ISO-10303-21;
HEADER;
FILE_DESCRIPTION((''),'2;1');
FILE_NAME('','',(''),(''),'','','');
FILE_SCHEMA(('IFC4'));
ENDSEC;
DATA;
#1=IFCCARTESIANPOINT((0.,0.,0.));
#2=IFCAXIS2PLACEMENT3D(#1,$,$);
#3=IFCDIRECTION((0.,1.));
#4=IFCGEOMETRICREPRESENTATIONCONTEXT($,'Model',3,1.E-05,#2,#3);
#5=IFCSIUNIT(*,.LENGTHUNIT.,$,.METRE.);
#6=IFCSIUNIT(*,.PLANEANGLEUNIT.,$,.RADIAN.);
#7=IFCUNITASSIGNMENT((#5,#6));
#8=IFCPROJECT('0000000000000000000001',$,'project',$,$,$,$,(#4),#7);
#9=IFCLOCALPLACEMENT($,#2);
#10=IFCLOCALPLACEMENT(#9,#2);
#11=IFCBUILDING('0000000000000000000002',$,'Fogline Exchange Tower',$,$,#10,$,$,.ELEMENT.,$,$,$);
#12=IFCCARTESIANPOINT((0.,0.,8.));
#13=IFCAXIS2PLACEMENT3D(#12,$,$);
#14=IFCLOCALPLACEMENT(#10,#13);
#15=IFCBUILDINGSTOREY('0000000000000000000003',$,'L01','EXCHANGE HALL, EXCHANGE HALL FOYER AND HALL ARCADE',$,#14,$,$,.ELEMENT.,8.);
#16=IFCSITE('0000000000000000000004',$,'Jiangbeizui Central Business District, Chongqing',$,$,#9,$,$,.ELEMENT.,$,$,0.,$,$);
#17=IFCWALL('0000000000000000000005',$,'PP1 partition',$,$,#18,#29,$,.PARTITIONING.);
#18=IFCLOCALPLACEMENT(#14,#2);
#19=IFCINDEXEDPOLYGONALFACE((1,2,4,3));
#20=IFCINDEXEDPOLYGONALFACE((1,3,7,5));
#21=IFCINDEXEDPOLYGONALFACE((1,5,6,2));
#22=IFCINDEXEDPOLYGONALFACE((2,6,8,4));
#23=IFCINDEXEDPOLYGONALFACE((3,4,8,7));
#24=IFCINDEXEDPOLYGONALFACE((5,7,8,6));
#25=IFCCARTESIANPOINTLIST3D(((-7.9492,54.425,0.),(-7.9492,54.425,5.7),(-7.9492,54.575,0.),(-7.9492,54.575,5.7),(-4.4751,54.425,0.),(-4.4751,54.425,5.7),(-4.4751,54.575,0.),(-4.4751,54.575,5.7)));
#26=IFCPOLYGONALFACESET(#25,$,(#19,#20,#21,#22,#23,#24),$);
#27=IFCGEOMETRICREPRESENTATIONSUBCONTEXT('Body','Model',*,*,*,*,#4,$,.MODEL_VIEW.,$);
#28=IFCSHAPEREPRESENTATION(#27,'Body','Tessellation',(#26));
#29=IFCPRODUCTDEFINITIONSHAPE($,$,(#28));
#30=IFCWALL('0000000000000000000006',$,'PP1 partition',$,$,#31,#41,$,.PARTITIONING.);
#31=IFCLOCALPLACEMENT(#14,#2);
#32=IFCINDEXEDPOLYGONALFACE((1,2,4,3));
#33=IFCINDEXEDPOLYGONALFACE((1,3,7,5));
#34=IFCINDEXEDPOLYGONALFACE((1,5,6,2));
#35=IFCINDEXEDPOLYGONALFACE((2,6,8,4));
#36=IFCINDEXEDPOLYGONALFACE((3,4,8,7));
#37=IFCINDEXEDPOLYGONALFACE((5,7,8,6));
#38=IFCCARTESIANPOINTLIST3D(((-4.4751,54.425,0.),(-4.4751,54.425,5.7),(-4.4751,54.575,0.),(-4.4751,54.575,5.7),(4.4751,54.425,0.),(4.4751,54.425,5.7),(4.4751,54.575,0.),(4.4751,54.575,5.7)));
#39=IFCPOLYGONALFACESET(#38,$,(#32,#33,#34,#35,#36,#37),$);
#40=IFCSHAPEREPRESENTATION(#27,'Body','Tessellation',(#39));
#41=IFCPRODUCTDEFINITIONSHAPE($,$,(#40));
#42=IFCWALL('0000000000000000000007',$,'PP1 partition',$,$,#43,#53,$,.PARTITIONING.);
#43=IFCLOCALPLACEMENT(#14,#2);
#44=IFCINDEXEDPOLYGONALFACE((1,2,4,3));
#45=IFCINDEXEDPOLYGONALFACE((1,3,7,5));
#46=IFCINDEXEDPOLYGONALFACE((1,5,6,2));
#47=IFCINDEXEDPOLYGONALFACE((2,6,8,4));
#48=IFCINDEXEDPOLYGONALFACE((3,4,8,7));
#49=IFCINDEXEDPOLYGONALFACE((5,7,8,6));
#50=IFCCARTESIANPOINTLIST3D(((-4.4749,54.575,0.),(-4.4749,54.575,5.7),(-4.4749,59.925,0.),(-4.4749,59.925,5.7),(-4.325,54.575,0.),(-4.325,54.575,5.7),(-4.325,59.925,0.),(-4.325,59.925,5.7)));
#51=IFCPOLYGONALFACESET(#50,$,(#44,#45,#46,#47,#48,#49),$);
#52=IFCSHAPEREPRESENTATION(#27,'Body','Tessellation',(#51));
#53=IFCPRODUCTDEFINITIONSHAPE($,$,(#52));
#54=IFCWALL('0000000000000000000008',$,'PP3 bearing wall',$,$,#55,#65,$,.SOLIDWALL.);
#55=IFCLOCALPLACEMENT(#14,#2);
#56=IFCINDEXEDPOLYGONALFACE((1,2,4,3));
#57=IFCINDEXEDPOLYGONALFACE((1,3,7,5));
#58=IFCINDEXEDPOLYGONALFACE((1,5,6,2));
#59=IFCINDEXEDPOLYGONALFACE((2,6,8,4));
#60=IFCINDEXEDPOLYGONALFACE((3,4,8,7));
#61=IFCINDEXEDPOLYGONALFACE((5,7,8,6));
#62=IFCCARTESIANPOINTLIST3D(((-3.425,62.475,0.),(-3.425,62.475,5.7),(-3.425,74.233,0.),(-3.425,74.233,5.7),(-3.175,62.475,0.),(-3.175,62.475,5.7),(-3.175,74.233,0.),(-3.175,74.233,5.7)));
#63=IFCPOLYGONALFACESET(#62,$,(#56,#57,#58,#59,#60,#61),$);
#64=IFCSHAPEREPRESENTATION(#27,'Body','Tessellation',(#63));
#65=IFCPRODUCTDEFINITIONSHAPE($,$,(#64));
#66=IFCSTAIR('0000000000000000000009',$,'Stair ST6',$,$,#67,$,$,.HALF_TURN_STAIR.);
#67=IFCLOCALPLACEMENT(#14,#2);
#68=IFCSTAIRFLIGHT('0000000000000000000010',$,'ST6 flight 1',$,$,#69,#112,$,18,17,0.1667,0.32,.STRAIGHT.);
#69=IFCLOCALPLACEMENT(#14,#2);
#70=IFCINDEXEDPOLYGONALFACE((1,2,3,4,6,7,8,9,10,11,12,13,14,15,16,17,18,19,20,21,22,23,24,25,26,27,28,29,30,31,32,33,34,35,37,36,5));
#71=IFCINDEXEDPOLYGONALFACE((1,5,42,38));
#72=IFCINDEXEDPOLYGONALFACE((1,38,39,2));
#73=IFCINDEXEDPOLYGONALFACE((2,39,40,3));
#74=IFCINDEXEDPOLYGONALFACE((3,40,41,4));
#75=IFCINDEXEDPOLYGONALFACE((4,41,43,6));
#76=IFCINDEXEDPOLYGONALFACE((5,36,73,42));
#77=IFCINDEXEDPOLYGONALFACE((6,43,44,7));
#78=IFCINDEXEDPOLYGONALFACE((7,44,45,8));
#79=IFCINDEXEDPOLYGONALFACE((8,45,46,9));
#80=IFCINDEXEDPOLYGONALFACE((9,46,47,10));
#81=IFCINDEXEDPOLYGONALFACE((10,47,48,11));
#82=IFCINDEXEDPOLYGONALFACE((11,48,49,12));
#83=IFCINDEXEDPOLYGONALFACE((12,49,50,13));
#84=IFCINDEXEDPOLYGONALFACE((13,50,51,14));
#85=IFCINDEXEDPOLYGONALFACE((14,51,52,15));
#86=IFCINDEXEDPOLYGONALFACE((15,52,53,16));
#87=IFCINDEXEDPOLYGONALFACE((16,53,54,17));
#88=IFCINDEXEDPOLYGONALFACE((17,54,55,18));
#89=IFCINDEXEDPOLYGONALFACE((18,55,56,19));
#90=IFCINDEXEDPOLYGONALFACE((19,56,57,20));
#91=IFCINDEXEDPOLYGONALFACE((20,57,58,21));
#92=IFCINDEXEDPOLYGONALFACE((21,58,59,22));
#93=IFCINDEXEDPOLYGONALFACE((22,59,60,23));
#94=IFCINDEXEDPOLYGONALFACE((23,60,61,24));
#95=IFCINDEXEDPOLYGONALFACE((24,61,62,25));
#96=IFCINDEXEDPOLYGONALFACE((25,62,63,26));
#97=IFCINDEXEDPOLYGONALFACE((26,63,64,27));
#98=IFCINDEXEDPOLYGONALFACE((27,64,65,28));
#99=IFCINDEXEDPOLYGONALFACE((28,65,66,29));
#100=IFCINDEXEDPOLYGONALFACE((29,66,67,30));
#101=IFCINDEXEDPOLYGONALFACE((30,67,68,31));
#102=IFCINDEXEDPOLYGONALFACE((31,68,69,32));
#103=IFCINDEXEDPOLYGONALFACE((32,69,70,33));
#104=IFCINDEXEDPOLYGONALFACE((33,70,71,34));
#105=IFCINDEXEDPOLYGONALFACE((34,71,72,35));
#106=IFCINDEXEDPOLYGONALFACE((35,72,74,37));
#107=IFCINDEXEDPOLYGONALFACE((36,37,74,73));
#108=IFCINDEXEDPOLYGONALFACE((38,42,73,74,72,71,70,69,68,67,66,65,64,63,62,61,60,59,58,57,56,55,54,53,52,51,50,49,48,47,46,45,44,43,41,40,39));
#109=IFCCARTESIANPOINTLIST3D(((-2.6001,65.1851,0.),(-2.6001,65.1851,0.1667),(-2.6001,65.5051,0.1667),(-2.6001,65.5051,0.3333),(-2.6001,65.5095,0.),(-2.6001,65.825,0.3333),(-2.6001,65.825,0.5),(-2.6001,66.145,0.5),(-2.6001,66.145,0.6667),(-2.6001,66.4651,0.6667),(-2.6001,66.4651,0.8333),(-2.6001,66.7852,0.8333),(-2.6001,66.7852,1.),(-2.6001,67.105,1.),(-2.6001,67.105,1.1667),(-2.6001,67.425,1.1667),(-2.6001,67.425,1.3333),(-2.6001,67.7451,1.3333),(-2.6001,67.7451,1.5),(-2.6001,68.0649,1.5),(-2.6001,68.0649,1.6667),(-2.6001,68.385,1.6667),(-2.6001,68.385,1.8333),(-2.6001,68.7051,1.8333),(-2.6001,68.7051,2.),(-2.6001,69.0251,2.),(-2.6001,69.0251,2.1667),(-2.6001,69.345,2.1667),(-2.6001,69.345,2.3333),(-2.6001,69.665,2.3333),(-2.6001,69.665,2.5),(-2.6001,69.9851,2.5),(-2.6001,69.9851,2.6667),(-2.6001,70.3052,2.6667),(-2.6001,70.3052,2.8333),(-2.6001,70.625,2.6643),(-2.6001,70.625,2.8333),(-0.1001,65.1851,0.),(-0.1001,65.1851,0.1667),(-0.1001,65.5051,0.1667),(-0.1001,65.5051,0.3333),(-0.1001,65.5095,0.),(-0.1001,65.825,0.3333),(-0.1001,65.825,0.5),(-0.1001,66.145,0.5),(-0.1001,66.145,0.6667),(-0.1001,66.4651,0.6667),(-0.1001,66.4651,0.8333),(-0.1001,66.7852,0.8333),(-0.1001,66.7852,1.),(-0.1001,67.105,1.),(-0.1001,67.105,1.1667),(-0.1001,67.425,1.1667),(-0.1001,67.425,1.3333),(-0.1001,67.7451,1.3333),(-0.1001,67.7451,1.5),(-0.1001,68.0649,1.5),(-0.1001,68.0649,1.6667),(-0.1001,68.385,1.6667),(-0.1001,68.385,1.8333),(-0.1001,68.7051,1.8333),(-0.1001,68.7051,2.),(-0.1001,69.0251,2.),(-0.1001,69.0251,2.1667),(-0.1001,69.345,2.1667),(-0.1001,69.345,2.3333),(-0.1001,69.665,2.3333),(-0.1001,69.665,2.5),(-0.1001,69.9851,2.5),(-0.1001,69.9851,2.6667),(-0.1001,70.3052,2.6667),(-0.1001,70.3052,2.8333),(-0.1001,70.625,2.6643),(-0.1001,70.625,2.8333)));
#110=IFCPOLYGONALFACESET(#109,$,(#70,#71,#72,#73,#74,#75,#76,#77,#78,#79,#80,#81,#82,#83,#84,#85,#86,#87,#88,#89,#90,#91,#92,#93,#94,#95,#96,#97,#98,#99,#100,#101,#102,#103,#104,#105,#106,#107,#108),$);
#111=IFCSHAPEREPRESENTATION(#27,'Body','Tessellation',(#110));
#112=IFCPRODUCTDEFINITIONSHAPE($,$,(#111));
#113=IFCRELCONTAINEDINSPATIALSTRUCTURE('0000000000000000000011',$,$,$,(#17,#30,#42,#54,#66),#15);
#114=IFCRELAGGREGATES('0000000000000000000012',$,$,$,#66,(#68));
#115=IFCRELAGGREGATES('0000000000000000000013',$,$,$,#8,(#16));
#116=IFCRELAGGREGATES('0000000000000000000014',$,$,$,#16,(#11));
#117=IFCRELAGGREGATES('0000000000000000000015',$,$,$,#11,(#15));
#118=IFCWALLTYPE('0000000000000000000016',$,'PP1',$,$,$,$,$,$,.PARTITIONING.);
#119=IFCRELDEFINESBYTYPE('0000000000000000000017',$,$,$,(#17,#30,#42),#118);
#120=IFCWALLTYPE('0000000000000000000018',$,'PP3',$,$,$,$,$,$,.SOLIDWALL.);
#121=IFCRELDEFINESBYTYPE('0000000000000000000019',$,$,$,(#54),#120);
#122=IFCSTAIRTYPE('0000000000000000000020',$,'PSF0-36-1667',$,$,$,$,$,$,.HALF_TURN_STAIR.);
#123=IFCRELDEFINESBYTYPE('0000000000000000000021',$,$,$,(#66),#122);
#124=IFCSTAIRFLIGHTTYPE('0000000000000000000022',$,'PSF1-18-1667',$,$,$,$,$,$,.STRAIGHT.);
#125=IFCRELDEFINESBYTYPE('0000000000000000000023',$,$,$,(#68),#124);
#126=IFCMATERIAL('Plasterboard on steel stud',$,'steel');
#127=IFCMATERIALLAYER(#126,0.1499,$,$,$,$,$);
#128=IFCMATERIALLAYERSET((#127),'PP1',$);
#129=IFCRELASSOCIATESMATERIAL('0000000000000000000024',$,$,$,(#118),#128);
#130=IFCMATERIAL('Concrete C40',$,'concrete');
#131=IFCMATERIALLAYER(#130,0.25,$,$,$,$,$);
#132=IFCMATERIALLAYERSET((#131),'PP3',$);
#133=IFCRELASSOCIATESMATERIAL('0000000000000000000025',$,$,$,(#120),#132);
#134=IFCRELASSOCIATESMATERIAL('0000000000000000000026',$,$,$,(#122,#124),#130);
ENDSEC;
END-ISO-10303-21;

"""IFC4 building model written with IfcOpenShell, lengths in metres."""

from ifc_helpers import new_model, si_unit, direction, frame, frame_2d, origin, place, context, subcontext, project, spatial, polyline, rectangle, outline, extrude, material, layer, layer_set, type_object, element, aggregate, save


model = new_model("IFC4")

# Units and contexts
model_context = context("Model", 3, precision=1e-05, world=origin(), true_north=direction((0.0, 1.0)))
body_context = subcontext(model_context, "Body", "Model", "MODEL_VIEW")
ifc_project = project(units=[si_unit("LENGTHUNIT", "METRE"), si_unit("PLANEANGLEUNIT", "RADIAN")], contexts=[model_context])

# Site, building, storey
site_placement = place(None, origin())
site = spatial("IfcSite", under=ifc_project, at=site_placement, Name="Jiangbeizui Central Business District, Chongqing", CompositionType="ELEMENT", RefElevation=0.0)
building_placement = place(site_placement, origin())
building = spatial("IfcBuilding", under=site, at=building_placement, Name="Fogline Exchange Tower", CompositionType="ELEMENT")
storey_placement = place(building_placement, frame((0.0, 0.0, 8.0)))
storey = spatial("IfcBuildingStorey", under=building, at=storey_placement, Name="L01", Description="EXCHANGE HALL, EXCHANGE HALL FOYER AND HALL ARCADE", CompositionType="ELEMENT", Elevation=8.0)

# Walls
ifc_material_1 = material(Name="Plasterboard on steel stud", Category="steel")
ifc_layer_1 = layer(ifc_material_1, 0.1499)
ifc_layer_set_1 = layer_set([ifc_layer_1], Name="PP1")
wall_type_1 = type_object("IfcWallType", Name="PP1", PredefinedType="PARTITIONING", material=ifc_layer_set_1)
wall_1_placement = place(storey_placement, frame((-7.9492, 54.5, 0.0), z_axis=(0.0, 0.0, 1.0), x_axis=(1.0, 0.0, 0.0)))
element("IfcWall", 1, at=wall_1_placement, inside=storey, type_object=wall_type_1, Name="PP1 partition", PredefinedType="PARTITIONING", context=body_context, shape_type="SweptSolid", body=[
    extrude(rectangle(XDim=3.4741, YDim=0.1499, at=frame_2d((1.7371, 0.0))), origin(), (0.0, 0.0, 1.0), 5.7),
])
wall_2_placement = place(storey_placement, frame((-4.4751, 54.5, 0.0), z_axis=(0.0, 0.0, 1.0), x_axis=(1.0, 0.0, 0.0)))
element("IfcWall", 2, at=wall_2_placement, inside=storey, type_object=wall_type_1, Name="PP1 partition", PredefinedType="PARTITIONING", context=body_context, shape_type="SweptSolid", body=[
    extrude(rectangle(XDim=8.9502, YDim=0.1499, at=frame_2d((4.4751, 0.0))), origin(), (0.0, 0.0, 1.0), 5.7),
])
wall_3_placement = place(storey_placement, frame((-4.3999, 59.925, 0.0), z_axis=(0.0, 0.0, 1.0), x_axis=(0.0, -1.0, 0.0)))
element("IfcWall", 3, at=wall_3_placement, inside=storey, type_object=wall_type_1, Name="PP1 partition", PredefinedType="PARTITIONING", context=body_context, shape_type="SweptSolid", body=[
    extrude(rectangle(XDim=5.3501, YDim=0.1499, at=frame_2d((2.675, 0.0))), origin(), (0.0, 0.0, 1.0), 5.7),
])
ifc_material_2 = material(Name="Concrete C40", Category="concrete")
ifc_layer_2 = layer(ifc_material_2, 0.25)
ifc_layer_set_2 = layer_set([ifc_layer_2], Name="PP3")
wall_type_2 = type_object("IfcWallType", Name="PP3", PredefinedType="SOLIDWALL", material=ifc_layer_set_2)
wall_4_placement = place(storey_placement, frame((-3.3, 62.4751, 0.0), z_axis=(0.0, 0.0, 1.0), x_axis=(0.0, 1.0, 0.0)))
element("IfcWall", 4, at=wall_4_placement, inside=storey, type_object=wall_type_2, Name="PP3 bearing wall", PredefinedType="SOLIDWALL", context=body_context, shape_type="SweptSolid", body=[
    extrude(rectangle(XDim=11.7581, YDim=0.25, at=frame_2d((5.8789, 0.0))), origin(), (0.0, 0.0, 1.0), 5.7),
])

# Stair, stair flight
stair_type = type_object("IfcStairType", Name="PSF0-36-1667", PredefinedType="HALF_TURN_STAIR", material=ifc_material_2)
stair_placement = place(storey_placement, origin())
stair = element("IfcStair", 5, at=stair_placement, inside=storey, type_object=stair_type, Name="Stair ST6", PredefinedType="HALF_TURN_STAIR")
stair_flight_type = type_object("IfcStairFlightType", Name="PSF1-18-1667", PredefinedType="STRAIGHT", material=ifc_material_2)
stair_flight_placement = place(storey_placement, frame((-1.3501, 65.1851, 0.0), z_axis=(0.0, 0.0, 1.0), x_axis=(0.0, 1.0, 0.0)))
stair_flight = element("IfcStairFlight", 6, at=stair_flight_placement, type_object=stair_flight_type, Name="ST6 flight 1", NumberOfRisers=18, NumberOfTreads=17, PredefinedType="STRAIGHT", RiserHeight=0.1667, TreadLength=0.32, context=body_context, shape_type="SweptSolid", body=[
    extrude(outline(polyline([(0.0, 0.0), (0.0, 0.1667), (0.3201, 0.1667), (0.3201, 0.3333), (0.6399, 0.3333), (0.6399, 0.5), (0.96, 0.5), (0.96, 0.6667), (1.28, 0.6667), (1.28, 0.8333), (1.6001, 0.8333), (1.6001, 1.0), (1.9199, 1.0), (1.9199, 1.1667), (2.24, 1.1667), (2.24, 1.3333), (2.5601, 1.3333), (2.5601, 1.5), (2.8799, 1.5), (2.8799, 1.6667), (3.2, 1.6667), (3.2, 1.8333), (3.52, 1.8333), (3.52, 2.0), (3.8401, 2.0), (3.8401, 2.1667), (4.1599, 2.1667), (4.1599, 2.3333), (4.48, 2.3333), (4.48, 2.5), (4.8, 2.5), (4.8, 2.6667), (5.1201, 2.6667), (5.1201, 2.8333), (5.4399, 2.8333), (5.4399, 3.0), (5.4399, 2.6643), (0.3245, 0.0), (0.0, 0.0)])), frame((0.0, 1.25, 0.0), z_axis=(0.0, -1.0, 0.0), x_axis=(1.0, 0.0, 0.0)), (0.0, 0.0, 1.0), 2.5),
])
aggregate(stair, [stair_flight])

save(model, "model.ifc")
